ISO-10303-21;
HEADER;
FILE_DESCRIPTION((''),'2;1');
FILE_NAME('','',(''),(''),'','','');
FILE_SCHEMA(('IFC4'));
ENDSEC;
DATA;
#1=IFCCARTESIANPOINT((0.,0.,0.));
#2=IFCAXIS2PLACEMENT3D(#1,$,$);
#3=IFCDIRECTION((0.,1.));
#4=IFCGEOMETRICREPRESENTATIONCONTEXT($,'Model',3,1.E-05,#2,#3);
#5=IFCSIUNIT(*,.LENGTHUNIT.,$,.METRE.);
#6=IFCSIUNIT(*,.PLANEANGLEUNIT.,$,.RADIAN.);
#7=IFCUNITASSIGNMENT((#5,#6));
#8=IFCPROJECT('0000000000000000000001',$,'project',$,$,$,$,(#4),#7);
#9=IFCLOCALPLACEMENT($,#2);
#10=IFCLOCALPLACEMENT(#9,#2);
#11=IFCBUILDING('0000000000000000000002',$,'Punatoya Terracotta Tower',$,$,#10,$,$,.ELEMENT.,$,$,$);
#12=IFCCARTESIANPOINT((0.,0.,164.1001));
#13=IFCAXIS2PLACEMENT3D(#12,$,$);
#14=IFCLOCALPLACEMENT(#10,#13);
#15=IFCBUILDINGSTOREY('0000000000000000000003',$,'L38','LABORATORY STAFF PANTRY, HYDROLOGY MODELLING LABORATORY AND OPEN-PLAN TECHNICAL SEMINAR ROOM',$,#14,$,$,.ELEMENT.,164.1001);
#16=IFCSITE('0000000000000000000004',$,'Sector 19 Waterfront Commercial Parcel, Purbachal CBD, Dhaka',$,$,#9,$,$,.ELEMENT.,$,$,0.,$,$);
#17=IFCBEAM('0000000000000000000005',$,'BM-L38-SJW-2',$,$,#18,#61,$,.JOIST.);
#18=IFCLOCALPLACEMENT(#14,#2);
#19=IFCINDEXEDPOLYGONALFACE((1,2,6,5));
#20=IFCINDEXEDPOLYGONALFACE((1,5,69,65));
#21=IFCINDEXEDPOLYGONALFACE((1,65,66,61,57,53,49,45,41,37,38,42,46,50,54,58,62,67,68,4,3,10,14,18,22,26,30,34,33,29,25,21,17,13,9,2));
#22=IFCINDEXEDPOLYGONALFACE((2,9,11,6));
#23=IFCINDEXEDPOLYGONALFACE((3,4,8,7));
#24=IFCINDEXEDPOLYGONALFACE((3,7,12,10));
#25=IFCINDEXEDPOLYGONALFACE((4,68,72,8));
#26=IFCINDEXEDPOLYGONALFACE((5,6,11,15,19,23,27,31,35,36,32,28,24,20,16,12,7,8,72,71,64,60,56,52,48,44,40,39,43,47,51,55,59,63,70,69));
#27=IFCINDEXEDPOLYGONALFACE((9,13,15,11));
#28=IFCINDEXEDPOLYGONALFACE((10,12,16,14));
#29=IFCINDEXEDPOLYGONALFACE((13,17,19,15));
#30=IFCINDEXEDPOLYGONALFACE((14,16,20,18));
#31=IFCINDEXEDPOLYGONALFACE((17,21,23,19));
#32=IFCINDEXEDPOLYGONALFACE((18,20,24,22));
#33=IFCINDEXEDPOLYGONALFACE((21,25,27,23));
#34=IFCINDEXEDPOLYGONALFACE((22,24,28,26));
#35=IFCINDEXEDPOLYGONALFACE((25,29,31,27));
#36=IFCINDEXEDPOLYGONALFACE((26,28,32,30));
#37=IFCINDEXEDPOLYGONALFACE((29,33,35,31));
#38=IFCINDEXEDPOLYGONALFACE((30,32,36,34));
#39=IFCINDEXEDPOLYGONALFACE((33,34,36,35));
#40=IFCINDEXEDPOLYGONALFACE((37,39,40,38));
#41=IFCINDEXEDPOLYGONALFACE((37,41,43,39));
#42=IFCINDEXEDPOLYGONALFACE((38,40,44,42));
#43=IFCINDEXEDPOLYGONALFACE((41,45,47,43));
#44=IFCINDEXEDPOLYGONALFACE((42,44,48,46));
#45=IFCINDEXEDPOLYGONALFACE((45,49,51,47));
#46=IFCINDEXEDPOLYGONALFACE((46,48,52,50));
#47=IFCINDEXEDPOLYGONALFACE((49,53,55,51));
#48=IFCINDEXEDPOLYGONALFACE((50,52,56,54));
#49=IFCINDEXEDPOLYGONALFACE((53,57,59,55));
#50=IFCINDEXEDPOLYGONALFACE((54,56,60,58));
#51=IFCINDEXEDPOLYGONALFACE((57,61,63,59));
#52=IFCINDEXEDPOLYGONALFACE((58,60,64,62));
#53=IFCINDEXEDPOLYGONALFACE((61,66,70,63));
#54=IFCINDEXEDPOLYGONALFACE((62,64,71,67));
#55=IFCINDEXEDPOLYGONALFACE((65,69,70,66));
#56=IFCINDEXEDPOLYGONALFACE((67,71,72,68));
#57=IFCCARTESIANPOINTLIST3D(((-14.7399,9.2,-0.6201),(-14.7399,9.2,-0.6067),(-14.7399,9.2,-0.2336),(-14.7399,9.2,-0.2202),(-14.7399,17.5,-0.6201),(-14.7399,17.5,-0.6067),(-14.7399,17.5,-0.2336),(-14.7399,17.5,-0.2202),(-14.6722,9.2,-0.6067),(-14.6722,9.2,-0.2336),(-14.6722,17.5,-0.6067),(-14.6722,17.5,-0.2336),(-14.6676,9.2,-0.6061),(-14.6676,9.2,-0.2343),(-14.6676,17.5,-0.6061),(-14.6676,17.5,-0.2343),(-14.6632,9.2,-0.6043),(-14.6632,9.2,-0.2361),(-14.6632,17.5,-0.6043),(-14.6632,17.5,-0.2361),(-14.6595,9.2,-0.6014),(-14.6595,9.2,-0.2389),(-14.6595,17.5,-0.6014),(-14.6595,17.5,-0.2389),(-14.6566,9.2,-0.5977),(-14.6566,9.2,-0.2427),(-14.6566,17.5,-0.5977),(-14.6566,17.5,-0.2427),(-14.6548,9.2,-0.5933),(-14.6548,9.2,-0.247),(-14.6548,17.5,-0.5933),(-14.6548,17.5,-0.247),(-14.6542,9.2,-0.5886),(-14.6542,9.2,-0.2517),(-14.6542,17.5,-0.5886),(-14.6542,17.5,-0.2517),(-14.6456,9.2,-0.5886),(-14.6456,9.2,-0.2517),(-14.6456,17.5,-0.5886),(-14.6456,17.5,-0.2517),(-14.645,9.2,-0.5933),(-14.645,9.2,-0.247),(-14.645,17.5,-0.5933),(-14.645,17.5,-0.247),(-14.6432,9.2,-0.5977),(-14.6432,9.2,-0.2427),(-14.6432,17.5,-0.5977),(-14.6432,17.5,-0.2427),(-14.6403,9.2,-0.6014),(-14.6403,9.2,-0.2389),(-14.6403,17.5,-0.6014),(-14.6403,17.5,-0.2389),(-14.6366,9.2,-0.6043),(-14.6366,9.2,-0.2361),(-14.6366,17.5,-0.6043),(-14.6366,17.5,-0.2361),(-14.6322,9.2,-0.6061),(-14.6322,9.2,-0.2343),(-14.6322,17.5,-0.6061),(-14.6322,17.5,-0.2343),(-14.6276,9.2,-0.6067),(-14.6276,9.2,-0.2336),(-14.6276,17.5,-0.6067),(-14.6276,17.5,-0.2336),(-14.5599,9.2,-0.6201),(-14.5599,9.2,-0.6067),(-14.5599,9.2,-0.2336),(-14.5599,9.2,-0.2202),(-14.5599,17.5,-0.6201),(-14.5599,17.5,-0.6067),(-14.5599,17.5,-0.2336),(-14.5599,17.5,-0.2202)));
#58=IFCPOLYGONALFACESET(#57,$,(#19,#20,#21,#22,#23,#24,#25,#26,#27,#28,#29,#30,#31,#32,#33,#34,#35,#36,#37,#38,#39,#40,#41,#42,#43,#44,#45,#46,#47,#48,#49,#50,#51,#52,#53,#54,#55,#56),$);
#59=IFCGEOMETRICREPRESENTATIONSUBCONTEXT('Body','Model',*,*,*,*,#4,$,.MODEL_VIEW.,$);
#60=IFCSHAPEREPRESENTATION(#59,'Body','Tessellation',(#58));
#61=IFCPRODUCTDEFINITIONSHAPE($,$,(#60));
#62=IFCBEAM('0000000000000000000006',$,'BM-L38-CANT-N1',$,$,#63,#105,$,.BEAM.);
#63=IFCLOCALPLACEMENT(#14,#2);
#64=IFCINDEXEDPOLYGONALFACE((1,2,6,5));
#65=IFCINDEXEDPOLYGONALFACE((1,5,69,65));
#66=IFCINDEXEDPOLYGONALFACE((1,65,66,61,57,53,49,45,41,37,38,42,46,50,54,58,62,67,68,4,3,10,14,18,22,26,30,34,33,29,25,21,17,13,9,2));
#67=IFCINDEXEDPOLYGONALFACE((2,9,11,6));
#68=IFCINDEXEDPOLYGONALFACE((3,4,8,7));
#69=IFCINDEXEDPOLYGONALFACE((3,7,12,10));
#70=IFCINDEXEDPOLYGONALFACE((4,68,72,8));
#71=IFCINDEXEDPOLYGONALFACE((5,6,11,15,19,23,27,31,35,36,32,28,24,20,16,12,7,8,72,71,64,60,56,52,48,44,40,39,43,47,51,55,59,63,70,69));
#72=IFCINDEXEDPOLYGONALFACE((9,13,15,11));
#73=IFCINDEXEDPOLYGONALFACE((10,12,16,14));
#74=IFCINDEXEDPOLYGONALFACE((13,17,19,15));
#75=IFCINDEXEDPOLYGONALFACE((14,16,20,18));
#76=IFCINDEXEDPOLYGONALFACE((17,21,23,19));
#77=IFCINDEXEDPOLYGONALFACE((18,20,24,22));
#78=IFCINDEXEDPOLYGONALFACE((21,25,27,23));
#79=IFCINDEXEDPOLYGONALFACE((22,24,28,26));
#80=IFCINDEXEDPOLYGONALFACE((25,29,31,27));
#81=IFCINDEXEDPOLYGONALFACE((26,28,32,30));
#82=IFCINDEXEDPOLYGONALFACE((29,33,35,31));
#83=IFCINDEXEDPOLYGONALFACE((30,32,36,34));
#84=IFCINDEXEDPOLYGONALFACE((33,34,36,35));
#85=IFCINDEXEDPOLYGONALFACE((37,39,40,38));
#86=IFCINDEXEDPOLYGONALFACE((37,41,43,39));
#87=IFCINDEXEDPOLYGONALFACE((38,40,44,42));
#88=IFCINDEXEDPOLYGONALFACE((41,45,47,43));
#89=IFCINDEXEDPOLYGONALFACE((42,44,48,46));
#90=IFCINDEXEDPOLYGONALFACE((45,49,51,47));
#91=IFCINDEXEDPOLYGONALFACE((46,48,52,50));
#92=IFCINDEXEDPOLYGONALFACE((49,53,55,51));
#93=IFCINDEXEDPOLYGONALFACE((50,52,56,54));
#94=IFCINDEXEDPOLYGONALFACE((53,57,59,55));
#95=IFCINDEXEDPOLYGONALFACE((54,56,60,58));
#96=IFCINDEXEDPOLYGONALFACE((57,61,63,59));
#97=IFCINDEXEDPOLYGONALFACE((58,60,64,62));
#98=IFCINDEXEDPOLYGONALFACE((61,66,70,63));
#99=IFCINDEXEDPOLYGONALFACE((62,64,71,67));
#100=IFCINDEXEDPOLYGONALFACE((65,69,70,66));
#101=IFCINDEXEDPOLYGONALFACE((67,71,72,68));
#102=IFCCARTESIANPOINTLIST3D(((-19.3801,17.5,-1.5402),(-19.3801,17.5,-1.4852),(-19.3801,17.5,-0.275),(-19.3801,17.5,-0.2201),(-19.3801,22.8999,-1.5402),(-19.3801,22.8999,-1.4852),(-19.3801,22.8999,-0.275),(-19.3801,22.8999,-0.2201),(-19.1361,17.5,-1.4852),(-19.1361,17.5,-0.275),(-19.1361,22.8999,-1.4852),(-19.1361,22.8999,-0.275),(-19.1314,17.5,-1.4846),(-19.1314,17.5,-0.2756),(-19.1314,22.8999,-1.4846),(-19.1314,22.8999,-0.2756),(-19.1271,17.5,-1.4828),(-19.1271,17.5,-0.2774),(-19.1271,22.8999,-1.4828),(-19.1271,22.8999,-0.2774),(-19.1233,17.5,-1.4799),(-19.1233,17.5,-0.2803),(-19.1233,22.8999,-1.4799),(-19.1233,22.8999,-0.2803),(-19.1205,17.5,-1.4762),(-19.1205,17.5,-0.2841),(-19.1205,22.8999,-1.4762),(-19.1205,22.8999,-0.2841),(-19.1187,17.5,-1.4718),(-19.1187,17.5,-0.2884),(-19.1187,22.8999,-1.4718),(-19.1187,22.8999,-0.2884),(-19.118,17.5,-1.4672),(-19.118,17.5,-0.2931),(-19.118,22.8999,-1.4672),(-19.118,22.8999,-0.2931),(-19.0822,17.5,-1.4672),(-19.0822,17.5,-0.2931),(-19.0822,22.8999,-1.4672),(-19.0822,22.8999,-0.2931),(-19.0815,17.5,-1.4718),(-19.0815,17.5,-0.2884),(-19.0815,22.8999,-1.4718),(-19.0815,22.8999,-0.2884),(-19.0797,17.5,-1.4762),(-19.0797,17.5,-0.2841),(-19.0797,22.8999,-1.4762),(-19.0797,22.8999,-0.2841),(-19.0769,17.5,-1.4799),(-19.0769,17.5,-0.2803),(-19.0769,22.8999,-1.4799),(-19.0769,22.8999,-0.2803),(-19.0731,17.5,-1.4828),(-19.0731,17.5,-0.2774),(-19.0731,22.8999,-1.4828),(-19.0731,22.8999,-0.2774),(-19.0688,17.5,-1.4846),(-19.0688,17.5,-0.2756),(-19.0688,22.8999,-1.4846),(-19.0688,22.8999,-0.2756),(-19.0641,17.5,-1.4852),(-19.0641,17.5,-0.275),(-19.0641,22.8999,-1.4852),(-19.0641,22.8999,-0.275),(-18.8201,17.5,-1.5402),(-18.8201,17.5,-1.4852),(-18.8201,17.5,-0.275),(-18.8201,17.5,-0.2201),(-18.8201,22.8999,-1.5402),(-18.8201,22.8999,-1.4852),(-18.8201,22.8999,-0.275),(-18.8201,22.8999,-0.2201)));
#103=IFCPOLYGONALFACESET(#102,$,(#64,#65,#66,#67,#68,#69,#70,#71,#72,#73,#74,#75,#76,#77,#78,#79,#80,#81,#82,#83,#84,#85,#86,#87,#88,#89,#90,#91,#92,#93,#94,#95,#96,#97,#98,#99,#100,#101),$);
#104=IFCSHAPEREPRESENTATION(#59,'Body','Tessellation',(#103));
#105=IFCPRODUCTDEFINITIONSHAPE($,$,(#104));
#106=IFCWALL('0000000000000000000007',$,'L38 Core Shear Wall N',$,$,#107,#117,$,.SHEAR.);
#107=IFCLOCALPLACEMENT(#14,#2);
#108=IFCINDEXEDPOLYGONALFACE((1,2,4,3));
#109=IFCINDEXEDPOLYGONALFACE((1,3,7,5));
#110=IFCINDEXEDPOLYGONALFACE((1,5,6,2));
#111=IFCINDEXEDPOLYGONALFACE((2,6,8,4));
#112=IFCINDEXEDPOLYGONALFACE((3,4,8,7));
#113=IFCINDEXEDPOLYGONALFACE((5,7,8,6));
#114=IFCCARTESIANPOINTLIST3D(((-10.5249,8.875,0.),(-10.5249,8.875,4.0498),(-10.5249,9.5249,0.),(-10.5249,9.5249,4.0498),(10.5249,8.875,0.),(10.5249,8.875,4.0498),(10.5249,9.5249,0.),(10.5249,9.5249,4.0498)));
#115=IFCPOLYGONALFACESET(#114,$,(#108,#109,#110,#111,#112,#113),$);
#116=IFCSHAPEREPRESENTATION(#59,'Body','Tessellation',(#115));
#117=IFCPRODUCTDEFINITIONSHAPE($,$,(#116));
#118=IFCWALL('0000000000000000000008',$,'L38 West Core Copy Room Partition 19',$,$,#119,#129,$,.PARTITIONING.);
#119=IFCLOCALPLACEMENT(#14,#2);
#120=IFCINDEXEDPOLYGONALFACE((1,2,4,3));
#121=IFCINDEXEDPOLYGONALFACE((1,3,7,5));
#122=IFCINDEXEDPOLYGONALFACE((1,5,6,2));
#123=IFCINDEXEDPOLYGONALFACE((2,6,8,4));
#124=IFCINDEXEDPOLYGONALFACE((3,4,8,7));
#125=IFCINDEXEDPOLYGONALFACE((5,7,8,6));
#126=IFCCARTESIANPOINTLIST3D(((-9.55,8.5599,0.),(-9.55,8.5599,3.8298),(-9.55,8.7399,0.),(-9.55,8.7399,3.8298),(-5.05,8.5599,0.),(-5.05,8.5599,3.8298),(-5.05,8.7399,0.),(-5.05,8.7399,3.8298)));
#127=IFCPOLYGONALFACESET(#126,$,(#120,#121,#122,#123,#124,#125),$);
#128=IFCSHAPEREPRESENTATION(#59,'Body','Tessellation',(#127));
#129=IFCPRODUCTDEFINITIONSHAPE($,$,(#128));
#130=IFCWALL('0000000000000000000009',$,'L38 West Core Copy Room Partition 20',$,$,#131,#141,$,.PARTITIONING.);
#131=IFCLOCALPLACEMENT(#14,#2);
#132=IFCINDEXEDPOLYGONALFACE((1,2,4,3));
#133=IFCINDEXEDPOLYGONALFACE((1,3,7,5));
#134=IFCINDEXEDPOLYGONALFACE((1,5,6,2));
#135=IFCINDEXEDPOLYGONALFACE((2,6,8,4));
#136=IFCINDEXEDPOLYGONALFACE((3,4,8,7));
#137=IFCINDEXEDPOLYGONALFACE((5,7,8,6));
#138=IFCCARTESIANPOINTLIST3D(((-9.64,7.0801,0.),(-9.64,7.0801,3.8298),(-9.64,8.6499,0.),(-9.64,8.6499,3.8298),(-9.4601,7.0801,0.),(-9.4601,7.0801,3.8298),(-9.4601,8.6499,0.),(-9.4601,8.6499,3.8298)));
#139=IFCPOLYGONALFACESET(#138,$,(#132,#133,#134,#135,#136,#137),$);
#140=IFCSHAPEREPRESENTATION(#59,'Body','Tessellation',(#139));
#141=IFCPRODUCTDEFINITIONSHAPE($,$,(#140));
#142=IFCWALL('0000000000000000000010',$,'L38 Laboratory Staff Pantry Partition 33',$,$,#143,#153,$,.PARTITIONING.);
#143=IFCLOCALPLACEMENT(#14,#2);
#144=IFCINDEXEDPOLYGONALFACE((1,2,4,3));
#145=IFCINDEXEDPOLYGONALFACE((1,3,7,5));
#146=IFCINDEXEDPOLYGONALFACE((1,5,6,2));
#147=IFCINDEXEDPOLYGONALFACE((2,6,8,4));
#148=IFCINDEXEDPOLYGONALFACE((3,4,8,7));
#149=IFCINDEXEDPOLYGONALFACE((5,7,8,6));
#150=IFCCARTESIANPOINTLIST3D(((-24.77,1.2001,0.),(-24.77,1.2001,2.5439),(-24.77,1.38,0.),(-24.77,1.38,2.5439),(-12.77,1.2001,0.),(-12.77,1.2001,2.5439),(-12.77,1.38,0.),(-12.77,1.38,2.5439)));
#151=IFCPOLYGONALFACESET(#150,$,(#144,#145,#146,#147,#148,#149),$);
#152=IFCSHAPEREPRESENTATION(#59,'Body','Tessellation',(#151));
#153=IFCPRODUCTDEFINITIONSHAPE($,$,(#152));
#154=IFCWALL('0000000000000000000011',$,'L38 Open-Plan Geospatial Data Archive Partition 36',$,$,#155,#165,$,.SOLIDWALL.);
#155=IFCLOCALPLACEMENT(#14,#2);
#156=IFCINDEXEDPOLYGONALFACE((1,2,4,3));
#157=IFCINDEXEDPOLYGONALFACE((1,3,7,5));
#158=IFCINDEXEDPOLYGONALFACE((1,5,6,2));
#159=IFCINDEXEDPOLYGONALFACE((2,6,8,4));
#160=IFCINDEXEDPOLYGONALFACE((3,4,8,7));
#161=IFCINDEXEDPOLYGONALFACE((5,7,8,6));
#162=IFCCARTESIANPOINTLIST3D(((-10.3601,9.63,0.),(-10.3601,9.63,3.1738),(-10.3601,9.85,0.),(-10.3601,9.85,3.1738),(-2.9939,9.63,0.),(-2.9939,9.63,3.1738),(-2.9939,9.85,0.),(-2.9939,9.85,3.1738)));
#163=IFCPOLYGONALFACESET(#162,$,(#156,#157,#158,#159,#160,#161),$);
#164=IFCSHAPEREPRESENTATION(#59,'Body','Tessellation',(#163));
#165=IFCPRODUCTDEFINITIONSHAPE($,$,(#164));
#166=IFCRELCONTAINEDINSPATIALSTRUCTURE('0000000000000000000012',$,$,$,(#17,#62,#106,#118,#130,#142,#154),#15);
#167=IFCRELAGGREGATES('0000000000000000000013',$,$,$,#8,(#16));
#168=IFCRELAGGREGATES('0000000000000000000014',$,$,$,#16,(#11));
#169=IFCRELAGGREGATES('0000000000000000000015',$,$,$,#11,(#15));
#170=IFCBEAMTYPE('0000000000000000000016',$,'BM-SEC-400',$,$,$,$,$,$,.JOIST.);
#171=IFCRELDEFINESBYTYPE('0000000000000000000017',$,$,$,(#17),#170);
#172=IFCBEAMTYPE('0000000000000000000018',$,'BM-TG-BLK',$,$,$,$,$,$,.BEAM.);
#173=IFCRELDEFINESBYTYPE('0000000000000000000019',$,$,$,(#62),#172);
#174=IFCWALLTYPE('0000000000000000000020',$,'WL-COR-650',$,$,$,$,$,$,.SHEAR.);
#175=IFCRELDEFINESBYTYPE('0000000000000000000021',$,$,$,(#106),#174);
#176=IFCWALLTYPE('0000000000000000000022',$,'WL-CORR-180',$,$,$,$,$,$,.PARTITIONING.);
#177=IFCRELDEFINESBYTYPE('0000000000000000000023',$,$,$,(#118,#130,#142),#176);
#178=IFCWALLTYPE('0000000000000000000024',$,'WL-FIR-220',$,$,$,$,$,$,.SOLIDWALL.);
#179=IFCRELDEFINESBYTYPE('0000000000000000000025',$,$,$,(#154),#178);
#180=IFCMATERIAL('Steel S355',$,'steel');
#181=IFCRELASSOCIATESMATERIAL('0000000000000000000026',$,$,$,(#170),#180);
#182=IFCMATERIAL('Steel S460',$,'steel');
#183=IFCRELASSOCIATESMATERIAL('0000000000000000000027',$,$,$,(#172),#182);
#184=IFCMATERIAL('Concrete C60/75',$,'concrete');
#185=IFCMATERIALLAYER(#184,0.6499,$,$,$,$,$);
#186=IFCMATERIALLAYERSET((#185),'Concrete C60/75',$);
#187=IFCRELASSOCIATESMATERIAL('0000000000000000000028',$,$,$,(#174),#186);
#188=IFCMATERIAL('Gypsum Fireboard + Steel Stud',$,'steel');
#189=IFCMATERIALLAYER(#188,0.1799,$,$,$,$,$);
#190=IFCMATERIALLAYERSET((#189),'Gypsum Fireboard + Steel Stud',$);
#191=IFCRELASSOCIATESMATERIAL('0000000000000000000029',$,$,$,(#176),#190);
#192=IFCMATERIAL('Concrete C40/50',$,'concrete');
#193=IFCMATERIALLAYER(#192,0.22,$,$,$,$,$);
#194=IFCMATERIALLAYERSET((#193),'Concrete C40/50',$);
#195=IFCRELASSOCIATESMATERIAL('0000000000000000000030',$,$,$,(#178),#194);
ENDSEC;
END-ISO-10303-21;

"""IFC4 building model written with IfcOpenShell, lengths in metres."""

from ifc_helpers import new_model, si_unit, direction, frame, frame_2d, origin, origin_2d, place, context, subcontext, project, spatial, rectangle, i_section, extrude, material, layer, layer_set, material_profile, profile_set, type_object, element, save


model = new_model("IFC4")

# Units and contexts
model_context = context("Model", 3, precision=1e-05, world=origin(), true_north=direction((0.0, 1.0)))
body_context = subcontext(model_context, "Body", "Model", "MODEL_VIEW")
ifc_project = project(units=[si_unit("LENGTHUNIT", "METRE"), si_unit("PLANEANGLEUNIT", "RADIAN")], contexts=[model_context])

# Site, building, storey
site_placement = place(None, origin())
site = spatial("IfcSite", under=ifc_project, at=site_placement, Name="Sector 19 Waterfront Commercial Parcel, Purbachal CBD, Dhaka", CompositionType="ELEMENT", RefElevation=0.0)
building_placement = place(site_placement, origin())
building = spatial("IfcBuilding", under=site, at=building_placement, Name="Punatoya Terracotta Tower", CompositionType="ELEMENT")
storey_placement = place(building_placement, frame((0.0, 0.0, 164.1001)))
storey = spatial("IfcBuildingStorey", under=building, at=storey_placement, Name="L38", Description="LABORATORY STAFF PANTRY, HYDROLOGY MODELLING LABORATORY AND OPEN-PLAN TECHNICAL SEMINAR ROOM", CompositionType="ELEMENT", Elevation=164.1001)

# Shared definitions
ifc_material_1 = material(Name="Steel S460", Category="steel")

# Beams
ifc_material_2 = material(Name="Steel S355", Category="steel")
ifc_material_3 = material(Name="Concrete C60/75", Category="concrete")
ifc_material_profile_1 = material_profile(ifc_material_2, i_section(OverallWidth=0.1799, OverallDepth=0.3999, WebThickness=0.0085, FlangeThickness=0.0134, FilletRadius=0.0181, at=origin_2d()))
ifc_profile_set_1 = profile_set([ifc_material_profile_1], Name="Steel S355")
beam_type_1 = type_object("IfcBeamType", Name="BM-SEC-400", PredefinedType="JOIST", material=ifc_profile_set_1)
beam_1_placement = place(storey_placement, frame((-14.6499, 9.2, -0.4202), z_axis=(0.0, 1.0, 0.0), x_axis=(-1.0, 0.0, 0.0)))
element("IfcBeam", 1, at=beam_1_placement, inside=storey, type_object=beam_type_1, Name="BM-L38-SJW-2", PredefinedType="JOIST", context=body_context, shape_type="SweptSolid", body=[
    extrude(i_section(OverallWidth=0.1799, OverallDepth=0.3999, WebThickness=0.0085, FlangeThickness=0.0134, FilletRadius=0.0181, at=origin_2d()), origin(), (0.0, 0.0, 1.0), 8.3),
])
ifc_material_profile_2 = material_profile(ifc_material_1, i_section(OverallWidth=0.5601, OverallDepth=1.3201, WebThickness=0.0359, FlangeThickness=0.0549, FilletRadius=0.0181, at=origin_2d()))
ifc_profile_set_2 = profile_set([ifc_material_profile_2], Name="Steel S460")
beam_type_2 = type_object("IfcBeamType", Name="BM-TG-BLK", PredefinedType="BEAM", material=ifc_profile_set_2)
beam_2_placement = place(storey_placement, frame((-19.1001, 17.5, -0.8801), z_axis=(0.0, 1.0, 0.0), x_axis=(-1.0, 0.0, 0.0)))
element("IfcBeam", 2, at=beam_2_placement, inside=storey, type_object=beam_type_2, Name="BM-L38-CANT-N1", PredefinedType="BEAM", context=body_context, shape_type="SweptSolid", body=[
    extrude(i_section(OverallWidth=0.5601, OverallDepth=1.3201, WebThickness=0.0359, FlangeThickness=0.0549, FilletRadius=0.0181, at=origin_2d()), origin(), (0.0, 0.0, 1.0), 5.3999),
])

# Walls
ifc_layer_1 = layer(ifc_material_3, 0.6499)
ifc_layer_set_1 = layer_set([ifc_layer_1], Name="Concrete C60/75")
wall_type_1 = type_object("IfcWallType", Name="WL-COR-650", PredefinedType="SHEAR", material=ifc_layer_set_1)
wall_1_placement = place(storey_placement, frame((-10.5249, 9.2, 0.0), z_axis=(0.0, 0.0, 1.0), x_axis=(1.0, 0.0, 0.0)))
element("IfcWall", 3, at=wall_1_placement, inside=storey, type_object=wall_type_1, Name="L38 Core Shear Wall N", PredefinedType="SHEAR", context=body_context, shape_type="SweptSolid", body=[
    extrude(rectangle(XDim=21.0498, YDim=0.6499, at=frame_2d((10.5249, 0.0))), origin(), (0.0, 0.0, 1.0), 4.0498),
])
ifc_material_4 = material(Name="Gypsum Fireboard + Steel Stud", Category="steel")
ifc_layer_2 = layer(ifc_material_4, 0.1799)
ifc_layer_set_2 = layer_set([ifc_layer_2], Name="Gypsum Fireboard + Steel Stud")
wall_type_2 = type_object("IfcWallType", Name="WL-CORR-180", PredefinedType="PARTITIONING", material=ifc_layer_set_2)
wall_2_placement = place(storey_placement, frame((-5.05, 8.6499, 0.0), z_axis=(0.0, 0.0, 1.0), x_axis=(-1.0, 0.0, 0.0)))
element("IfcWall", 4, at=wall_2_placement, inside=storey, type_object=wall_type_2, Name="L38 West Core Copy Room Partition 19", PredefinedType="PARTITIONING", context=body_context, shape_type="SweptSolid", body=[
    extrude(rectangle(XDim=4.5, YDim=0.1799, at=frame_2d((2.25, 0.0))), origin(), (0.0, 0.0, 1.0), 3.8298),
])
wall_3_placement = place(storey_placement, frame((-9.55, 8.6499, 0.0), z_axis=(0.0, 0.0, 1.0), x_axis=(0.0, -1.0, 0.0)))
element("IfcWall", 5, at=wall_3_placement, inside=storey, type_object=wall_type_2, Name="L38 West Core Copy Room Partition 20", PredefinedType="PARTITIONING", context=body_context, shape_type="SweptSolid", body=[
    extrude(rectangle(XDim=1.5698, YDim=0.1799, at=frame_2d((0.7849, 0.0))), origin(), (0.0, 0.0, 1.0), 3.8298),
])
wall_4_placement = place(storey_placement, frame((-12.77, 1.29, 0.0), z_axis=(0.0, 0.0, 1.0), x_axis=(-1.0, 0.0, 0.0)))
element("IfcWall", 6, at=wall_4_placement, inside=storey, type_object=wall_type_2, Name="L38 Laboratory Staff Pantry Partition 33", PredefinedType="PARTITIONING", context=body_context, shape_type="SweptSolid", body=[
    extrude(rectangle(XDim=12.0, YDim=0.1799, at=frame_2d((6.0, 0.0))), origin(), (0.0, 0.0, 1.0), 2.5439),
])
ifc_material_5 = material(Name="Concrete C40/50", Category="concrete")
ifc_layer_3 = layer(ifc_material_5, 0.22)
ifc_layer_set_3 = layer_set([ifc_layer_3], Name="Concrete C40/50")
wall_type_3 = type_object("IfcWallType", Name="WL-FIR-220", PredefinedType="SOLIDWALL", material=ifc_layer_set_3)
wall_5_placement = place(storey_placement, frame((-2.9939, 9.74, 0.0), z_axis=(0.0, 0.0, 1.0), x_axis=(-1.0, 0.0, 0.0)))
element("IfcWall", 7, at=wall_5_placement, inside=storey, type_object=wall_type_3, Name="L38 Open-Plan Geospatial Data Archive Partition 36", PredefinedType="SOLIDWALL", context=body_context, shape_type="SweptSolid", body=[
    extrude(rectangle(XDim=7.3662, YDim=0.22, at=frame_2d((3.6831, 0.0))), origin(), (0.0, 0.0, 1.0), 3.1738),
])

save(model, "model.ifc")
